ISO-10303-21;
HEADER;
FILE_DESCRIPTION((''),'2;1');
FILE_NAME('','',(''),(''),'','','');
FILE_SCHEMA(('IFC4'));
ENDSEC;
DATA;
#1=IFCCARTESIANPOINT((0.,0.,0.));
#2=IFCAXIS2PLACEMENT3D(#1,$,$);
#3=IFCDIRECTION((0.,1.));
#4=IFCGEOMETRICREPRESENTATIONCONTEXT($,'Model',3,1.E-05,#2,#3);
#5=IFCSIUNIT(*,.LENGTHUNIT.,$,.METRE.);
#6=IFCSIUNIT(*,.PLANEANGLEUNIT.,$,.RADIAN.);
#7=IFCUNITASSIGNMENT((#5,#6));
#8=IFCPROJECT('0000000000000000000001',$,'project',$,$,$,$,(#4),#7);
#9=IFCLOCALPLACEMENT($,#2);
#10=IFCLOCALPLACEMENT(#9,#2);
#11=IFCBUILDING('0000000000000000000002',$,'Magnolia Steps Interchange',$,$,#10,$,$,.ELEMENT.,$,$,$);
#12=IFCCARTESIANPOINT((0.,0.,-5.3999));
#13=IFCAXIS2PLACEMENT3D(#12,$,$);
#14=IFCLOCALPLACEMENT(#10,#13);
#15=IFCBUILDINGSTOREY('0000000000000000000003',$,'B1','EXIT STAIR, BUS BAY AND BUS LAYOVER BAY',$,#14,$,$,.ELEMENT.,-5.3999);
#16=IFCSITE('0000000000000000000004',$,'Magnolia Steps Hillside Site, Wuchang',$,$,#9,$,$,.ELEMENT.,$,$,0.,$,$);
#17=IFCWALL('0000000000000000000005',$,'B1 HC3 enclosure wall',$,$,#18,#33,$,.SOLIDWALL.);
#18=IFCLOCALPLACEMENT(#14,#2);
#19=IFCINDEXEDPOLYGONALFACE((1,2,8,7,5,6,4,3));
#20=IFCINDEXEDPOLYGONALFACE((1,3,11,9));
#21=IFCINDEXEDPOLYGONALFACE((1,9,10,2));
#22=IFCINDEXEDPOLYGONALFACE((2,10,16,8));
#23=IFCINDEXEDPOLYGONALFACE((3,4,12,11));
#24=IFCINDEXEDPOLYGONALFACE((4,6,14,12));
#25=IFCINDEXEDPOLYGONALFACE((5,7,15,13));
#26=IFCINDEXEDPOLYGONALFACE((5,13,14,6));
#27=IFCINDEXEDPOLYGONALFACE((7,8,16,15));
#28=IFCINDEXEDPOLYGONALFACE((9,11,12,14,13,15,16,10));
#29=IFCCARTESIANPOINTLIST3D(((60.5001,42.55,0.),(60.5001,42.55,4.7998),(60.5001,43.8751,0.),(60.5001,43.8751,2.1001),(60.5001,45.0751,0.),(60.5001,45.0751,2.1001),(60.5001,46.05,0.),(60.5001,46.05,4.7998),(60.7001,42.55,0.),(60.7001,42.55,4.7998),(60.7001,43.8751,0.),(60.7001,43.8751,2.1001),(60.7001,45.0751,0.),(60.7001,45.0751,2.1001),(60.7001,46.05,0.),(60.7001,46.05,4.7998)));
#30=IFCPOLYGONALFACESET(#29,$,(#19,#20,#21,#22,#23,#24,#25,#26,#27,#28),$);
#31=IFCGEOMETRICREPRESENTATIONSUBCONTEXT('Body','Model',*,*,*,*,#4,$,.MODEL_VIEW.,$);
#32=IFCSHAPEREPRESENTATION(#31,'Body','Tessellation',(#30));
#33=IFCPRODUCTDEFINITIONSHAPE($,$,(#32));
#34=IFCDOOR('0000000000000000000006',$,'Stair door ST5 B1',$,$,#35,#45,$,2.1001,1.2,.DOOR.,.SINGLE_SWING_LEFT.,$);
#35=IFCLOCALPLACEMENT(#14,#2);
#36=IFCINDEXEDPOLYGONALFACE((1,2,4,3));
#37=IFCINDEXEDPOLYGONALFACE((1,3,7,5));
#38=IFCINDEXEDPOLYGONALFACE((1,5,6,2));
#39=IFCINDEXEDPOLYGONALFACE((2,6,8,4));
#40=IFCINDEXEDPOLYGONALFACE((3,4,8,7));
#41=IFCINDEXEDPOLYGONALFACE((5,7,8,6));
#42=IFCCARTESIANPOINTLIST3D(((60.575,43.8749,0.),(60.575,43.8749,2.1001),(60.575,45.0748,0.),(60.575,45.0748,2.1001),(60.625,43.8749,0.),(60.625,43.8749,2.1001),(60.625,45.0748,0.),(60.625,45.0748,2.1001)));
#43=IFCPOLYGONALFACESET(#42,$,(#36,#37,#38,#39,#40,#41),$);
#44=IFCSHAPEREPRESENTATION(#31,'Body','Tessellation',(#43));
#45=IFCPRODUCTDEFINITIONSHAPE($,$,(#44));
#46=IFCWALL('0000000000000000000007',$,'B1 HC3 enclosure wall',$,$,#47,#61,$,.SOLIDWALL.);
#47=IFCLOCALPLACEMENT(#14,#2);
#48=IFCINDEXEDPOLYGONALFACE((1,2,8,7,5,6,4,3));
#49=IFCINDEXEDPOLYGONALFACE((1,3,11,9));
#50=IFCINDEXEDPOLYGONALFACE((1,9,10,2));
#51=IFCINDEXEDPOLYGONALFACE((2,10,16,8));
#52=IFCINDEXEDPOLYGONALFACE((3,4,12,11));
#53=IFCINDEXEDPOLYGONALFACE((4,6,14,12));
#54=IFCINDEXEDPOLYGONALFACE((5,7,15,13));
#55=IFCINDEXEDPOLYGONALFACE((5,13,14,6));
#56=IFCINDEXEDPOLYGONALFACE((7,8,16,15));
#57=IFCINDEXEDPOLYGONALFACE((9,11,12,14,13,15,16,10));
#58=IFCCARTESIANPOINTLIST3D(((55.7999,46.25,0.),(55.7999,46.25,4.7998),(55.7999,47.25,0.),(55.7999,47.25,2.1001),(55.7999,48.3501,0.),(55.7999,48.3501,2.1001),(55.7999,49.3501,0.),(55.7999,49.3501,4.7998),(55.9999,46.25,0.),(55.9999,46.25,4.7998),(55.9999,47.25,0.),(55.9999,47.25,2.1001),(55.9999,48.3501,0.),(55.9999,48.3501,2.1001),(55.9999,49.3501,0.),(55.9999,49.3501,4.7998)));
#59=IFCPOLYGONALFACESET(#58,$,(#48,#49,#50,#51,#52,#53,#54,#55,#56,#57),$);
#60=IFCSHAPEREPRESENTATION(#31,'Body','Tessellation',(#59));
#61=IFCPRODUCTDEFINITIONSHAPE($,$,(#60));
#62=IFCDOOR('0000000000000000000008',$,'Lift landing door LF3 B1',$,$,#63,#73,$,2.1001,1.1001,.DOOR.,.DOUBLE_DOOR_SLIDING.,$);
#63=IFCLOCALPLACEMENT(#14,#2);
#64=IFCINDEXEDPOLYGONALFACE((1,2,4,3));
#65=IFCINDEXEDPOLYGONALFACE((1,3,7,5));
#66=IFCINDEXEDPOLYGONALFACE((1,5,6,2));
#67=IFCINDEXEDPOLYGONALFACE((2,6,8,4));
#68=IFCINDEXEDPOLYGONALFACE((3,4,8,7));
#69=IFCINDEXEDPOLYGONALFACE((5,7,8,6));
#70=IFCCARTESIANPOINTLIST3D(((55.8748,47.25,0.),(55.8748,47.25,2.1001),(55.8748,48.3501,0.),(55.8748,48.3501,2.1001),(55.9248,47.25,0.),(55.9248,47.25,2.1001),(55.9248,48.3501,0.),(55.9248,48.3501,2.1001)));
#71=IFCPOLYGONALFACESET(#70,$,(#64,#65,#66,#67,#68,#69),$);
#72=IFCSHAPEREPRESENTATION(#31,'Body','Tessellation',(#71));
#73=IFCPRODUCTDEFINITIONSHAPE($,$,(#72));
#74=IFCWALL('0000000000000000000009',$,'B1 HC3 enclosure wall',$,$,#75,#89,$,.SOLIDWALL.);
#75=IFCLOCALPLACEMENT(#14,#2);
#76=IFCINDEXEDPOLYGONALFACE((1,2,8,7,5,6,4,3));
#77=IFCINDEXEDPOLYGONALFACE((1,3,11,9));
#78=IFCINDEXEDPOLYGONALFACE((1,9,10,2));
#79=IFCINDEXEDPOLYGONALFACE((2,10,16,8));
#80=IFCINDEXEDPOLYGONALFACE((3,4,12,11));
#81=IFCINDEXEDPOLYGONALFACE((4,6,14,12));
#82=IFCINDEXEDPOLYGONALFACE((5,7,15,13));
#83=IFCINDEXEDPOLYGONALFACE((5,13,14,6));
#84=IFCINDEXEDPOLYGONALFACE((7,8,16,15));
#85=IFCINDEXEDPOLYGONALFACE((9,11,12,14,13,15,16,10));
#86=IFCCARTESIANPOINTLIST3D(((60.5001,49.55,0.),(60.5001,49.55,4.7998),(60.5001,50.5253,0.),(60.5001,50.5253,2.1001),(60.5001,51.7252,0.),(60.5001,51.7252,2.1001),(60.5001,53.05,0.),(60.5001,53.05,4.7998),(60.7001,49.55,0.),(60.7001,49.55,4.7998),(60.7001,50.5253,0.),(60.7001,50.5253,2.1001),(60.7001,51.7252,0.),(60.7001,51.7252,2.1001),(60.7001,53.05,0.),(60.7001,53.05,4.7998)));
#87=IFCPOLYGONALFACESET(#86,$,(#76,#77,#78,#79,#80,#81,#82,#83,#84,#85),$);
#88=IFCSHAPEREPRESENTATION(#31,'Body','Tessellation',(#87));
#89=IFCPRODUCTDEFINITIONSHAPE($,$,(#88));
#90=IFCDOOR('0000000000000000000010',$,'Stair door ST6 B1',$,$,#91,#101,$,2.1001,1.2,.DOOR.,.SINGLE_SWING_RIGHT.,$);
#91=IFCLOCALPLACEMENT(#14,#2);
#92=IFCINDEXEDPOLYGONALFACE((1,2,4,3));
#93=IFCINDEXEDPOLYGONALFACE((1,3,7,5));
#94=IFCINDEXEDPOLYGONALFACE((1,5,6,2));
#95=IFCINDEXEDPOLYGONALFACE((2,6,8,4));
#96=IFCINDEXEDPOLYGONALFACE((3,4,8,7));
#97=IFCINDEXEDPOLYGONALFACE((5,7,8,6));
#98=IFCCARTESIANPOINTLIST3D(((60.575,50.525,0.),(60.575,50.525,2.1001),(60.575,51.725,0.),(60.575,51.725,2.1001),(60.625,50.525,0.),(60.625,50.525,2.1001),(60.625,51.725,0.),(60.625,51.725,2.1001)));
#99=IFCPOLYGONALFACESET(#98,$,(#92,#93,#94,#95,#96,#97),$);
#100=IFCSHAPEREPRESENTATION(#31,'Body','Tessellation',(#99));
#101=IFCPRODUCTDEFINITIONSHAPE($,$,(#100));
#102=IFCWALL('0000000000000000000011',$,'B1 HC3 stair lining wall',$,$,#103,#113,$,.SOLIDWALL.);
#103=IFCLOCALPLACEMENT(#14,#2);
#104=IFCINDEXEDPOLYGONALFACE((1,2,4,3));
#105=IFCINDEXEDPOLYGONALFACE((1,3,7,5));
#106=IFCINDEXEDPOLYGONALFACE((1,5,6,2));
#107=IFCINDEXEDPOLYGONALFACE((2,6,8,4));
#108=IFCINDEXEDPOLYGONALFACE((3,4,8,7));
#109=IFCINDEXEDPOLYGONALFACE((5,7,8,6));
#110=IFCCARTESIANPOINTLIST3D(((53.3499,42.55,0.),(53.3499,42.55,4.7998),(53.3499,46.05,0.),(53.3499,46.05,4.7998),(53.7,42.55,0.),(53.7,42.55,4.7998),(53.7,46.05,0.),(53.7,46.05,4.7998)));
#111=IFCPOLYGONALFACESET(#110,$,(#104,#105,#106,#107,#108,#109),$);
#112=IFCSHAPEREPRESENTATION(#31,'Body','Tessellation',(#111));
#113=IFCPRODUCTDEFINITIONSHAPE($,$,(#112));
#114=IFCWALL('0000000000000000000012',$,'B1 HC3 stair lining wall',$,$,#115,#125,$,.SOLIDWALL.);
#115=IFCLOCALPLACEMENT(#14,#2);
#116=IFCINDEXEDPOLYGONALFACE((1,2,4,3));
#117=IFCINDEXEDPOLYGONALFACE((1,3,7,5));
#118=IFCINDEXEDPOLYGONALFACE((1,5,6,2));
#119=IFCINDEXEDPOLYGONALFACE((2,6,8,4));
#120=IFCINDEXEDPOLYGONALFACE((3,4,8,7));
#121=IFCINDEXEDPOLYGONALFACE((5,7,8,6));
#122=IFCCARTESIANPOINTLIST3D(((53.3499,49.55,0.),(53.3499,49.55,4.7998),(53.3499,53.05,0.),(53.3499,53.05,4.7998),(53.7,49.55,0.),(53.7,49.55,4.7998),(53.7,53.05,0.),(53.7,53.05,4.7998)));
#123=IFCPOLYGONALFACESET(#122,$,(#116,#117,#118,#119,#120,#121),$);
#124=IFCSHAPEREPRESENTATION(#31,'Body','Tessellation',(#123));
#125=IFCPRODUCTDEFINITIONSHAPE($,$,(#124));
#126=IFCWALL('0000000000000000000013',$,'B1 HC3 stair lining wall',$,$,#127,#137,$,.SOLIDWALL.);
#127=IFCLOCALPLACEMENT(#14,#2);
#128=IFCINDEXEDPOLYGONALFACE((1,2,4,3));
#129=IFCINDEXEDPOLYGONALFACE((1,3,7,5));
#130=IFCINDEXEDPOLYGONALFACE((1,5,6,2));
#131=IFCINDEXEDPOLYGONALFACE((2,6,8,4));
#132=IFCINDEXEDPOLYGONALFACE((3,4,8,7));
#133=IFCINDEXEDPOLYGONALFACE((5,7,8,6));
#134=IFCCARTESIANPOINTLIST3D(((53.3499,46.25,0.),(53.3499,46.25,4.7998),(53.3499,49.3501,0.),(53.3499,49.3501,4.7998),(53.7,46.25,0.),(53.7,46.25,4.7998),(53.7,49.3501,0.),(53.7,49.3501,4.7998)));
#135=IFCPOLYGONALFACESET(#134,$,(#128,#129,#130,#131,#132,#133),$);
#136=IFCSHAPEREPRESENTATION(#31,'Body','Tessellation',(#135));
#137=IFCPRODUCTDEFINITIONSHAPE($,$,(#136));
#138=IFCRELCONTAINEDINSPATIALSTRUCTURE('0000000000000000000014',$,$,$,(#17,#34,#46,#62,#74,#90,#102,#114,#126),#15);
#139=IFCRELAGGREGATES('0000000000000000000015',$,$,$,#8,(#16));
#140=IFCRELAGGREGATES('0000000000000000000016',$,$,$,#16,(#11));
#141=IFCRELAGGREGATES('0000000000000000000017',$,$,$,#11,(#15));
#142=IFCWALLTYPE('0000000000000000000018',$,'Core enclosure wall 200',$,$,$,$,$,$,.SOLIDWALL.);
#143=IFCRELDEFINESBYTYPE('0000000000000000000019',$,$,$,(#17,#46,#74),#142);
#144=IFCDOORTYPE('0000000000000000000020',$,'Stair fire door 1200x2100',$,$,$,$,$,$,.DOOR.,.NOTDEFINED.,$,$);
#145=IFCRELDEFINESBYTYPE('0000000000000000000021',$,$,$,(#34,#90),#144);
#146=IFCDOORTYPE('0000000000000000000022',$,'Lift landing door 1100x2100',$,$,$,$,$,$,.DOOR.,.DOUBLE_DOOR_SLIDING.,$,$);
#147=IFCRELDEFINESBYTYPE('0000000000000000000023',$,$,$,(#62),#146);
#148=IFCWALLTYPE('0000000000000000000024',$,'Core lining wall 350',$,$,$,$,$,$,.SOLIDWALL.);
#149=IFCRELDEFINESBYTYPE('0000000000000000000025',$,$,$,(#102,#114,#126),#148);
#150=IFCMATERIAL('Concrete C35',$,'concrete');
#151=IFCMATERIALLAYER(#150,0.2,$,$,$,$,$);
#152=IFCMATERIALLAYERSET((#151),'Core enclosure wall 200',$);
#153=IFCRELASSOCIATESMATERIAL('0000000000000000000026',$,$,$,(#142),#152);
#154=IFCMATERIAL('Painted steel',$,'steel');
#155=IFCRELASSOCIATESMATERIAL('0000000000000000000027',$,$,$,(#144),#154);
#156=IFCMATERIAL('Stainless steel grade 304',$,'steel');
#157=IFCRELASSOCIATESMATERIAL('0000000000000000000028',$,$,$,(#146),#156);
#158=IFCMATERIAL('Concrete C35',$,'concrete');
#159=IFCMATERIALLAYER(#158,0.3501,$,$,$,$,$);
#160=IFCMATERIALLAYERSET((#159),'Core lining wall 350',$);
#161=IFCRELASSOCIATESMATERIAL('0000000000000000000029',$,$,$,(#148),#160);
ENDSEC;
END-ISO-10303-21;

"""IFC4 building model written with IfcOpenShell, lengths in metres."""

from ifc_helpers import new_model, si_unit, direction, frame, frame_2d, origin, place, context, subcontext, project, spatial, rectangle, extrude, material, layer, layer_set, type_object, element, fill, save


model = new_model("IFC4")

# Units and contexts
model_context = context("Model", 3, precision=1e-05, world=origin(), true_north=direction((0.0, 1.0)))
body_context = subcontext(model_context, "Body", "Model", "MODEL_VIEW")
ifc_project = project(units=[si_unit("LENGTHUNIT", "METRE"), si_unit("PLANEANGLEUNIT", "RADIAN")], contexts=[model_context])

# Site, building, storey
site_placement = place(None, origin())
site = spatial("IfcSite", under=ifc_project, at=site_placement, Name="Magnolia Steps Hillside Site, Wuchang", CompositionType="ELEMENT", RefElevation=0.0)
building_placement = place(site_placement, origin())
building = spatial("IfcBuilding", under=site, at=building_placement, Name="Magnolia Steps Interchange", CompositionType="ELEMENT")
storey_placement = place(building_placement, frame((0.0, 0.0, -5.3999)))
storey = spatial("IfcBuildingStorey", under=building, at=storey_placement, Name="B1", Description="EXIT STAIR, BUS BAY AND BUS LAYOVER BAY", CompositionType="ELEMENT", Elevation=-5.3999)

# Walls, openings, doors
ifc_material_1 = material(Name="Concrete C35", Category="concrete")
ifc_layer_1 = layer(ifc_material_1, 0.2)
ifc_layer_set_1 = layer_set([ifc_layer_1], Name="Core enclosure wall 200")
wall_type_1 = type_object("IfcWallType", Name="Core enclosure wall 200", PredefinedType="SOLIDWALL", material=ifc_layer_set_1)
wall_1_placement = place(storey_placement, frame((60.6001, 42.55, 0.0), z_axis=(0.0, 0.0, 1.0), x_axis=(0.0, 1.0, 0.0)))
wall_1 = element("IfcWall", 1, at=wall_1_placement, inside=storey, type_object=wall_type_1, Name="B1 HC3 enclosure wall", PredefinedType="SOLIDWALL", context=body_context, shape_type="SweptSolid", body=[
    extrude(rectangle(XDim=3.5, YDim=0.2, at=frame_2d((1.75, 0.0))), origin(), (0.0, 0.0, 1.0), 4.7998),
])
opening_1_placement = place(wall_1_placement, frame((1.325, 0.0, 0.0)))
opening_1 = element("IfcOpeningElement", 2, at=opening_1_placement, cuts=wall_1, PredefinedType="OPENING", context=body_context, shape_type="SweptSolid", body=[
    extrude(rectangle(XDim=1.2, YDim=2.1001, at=frame_2d((0.6001, 1.05))), frame((0.0, 0.1099, 0.0), z_axis=(0.0, -1.0, 0.0), x_axis=(1.0, 0.0, 0.0)), (0.0, 0.0, 1.0), 0.22),
])
ifc_material_2 = material(Name="Painted steel", Category="steel")
door_type_1 = type_object("IfcDoorType", Name="Stair fire door 1200x2100", OperationType="NOTDEFINED", PredefinedType="DOOR", material=ifc_material_2)
door_1_placement = place(opening_1_placement, frame((1.2, 0.0, 0.0), z_axis=(0.0, 0.0, 1.0), x_axis=(-1.0, 0.0, 0.0)))
door_1 = element("IfcDoor", 3, at=door_1_placement, inside=storey, type_object=door_type_1, Name="Stair door ST5 B1", OperationType="SINGLE_SWING_LEFT", OverallHeight=2.1001, OverallWidth=1.2, PredefinedType="DOOR", context=body_context, shape_type="SweptSolid", body=[
    extrude(rectangle(XDim=1.2, YDim=2.1001, at=frame_2d((0.6001, 1.05))), frame((0.0, 0.0249, 0.0), z_axis=(0.0, -1.0, 0.0), x_axis=(1.0, 0.0, 0.0)), (0.0, 0.0, 1.0), 0.05),
])
fill(opening_1, door_1)
wall_2_placement = place(storey_placement, frame((55.8999, 46.25, 0.0), z_axis=(0.0, 0.0, 1.0), x_axis=(0.0, 1.0, 0.0)))
wall_2 = element("IfcWall", 4, at=wall_2_placement, inside=storey, type_object=wall_type_1, Name="B1 HC3 enclosure wall", PredefinedType="SOLIDWALL", context=body_context, shape_type="SweptSolid", body=[
    extrude(rectangle(XDim=3.1001, YDim=0.2, at=frame_2d((1.55, 0.0))), origin(), (0.0, 0.0, 1.0), 4.7998),
])
opening_2_placement = place(wall_2_placement, frame((1.0, 0.0, 0.0)))
opening_2 = element("IfcOpeningElement", 5, at=opening_2_placement, cuts=wall_2, PredefinedType="OPENING", context=body_context, shape_type="SweptSolid", body=[
    extrude(rectangle(XDim=1.1001, YDim=2.1001, at=frame_2d((0.55, 1.05))), frame((0.0, 0.1099, 0.0), z_axis=(0.0, -1.0, 0.0), x_axis=(1.0, 0.0, 0.0)), (0.0, 0.0, 1.0), 0.22),
])
ifc_material_3 = material(Name="Stainless steel grade 304", Category="steel")
door_type_2 = type_object("IfcDoorType", Name="Lift landing door 1100x2100", OperationType="DOUBLE_DOOR_SLIDING", PredefinedType="DOOR", material=ifc_material_3)
door_2_placement = place(opening_2_placement, frame((1.1001, 0.0, 0.0), z_axis=(0.0, 0.0, 1.0), x_axis=(-1.0, 0.0, 0.0)))
door_2 = element("IfcDoor", 6, at=door_2_placement, inside=storey, type_object=door_type_2, Name="Lift landing door LF3 B1", OperationType="DOUBLE_DOOR_SLIDING", OverallHeight=2.1001, OverallWidth=1.1001, PredefinedType="DOOR", context=body_context, shape_type="SweptSolid", body=[
    extrude(rectangle(XDim=1.1001, YDim=2.1001, at=frame_2d((0.55, 1.05))), frame((0.0, 0.0249, 0.0), z_axis=(0.0, -1.0, 0.0), x_axis=(1.0, 0.0, 0.0)), (0.0, 0.0, 1.0), 0.05),
])
fill(opening_2, door_2)
wall_3_placement = place(storey_placement, frame((60.6001, 49.55, 0.0), z_axis=(0.0, 0.0, 1.0), x_axis=(0.0, 1.0, 0.0)))
wall_3 = element("IfcWall", 7, at=wall_3_placement, inside=storey, type_object=wall_type_1, Name="B1 HC3 enclosure wall", PredefinedType="SOLIDWALL", context=body_context, shape_type="SweptSolid", body=[
    extrude(rectangle(XDim=3.5, YDim=0.2, at=frame_2d((1.75, 0.0))), origin(), (0.0, 0.0, 1.0), 4.7998),
])
opening_3_placement = place(wall_3_placement, frame((0.9751, 0.0, 0.0)))
opening_3 = element("IfcOpeningElement", 8, at=opening_3_placement, cuts=wall_3, PredefinedType="OPENING", context=body_context, shape_type="SweptSolid", body=[
    extrude(rectangle(XDim=1.2, YDim=2.1001, at=frame_2d((0.6001, 1.05))), frame((0.0, 0.1099, 0.0), z_axis=(0.0, -1.0, 0.0), x_axis=(1.0, 0.0, 0.0)), (0.0, 0.0, 1.0), 0.22),
])
door_3_placement = place(opening_3_placement, frame((1.2, 0.0, 0.0), z_axis=(0.0, 0.0, 1.0), x_axis=(-1.0, 0.0, 0.0)))
door_3 = element("IfcDoor", 9, at=door_3_placement, inside=storey, type_object=door_type_1, Name="Stair door ST6 B1", OperationType="SINGLE_SWING_RIGHT", OverallHeight=2.1001, OverallWidth=1.2, PredefinedType="DOOR", context=body_context, shape_type="SweptSolid", body=[
    extrude(rectangle(XDim=1.2, YDim=2.1001, at=frame_2d((0.6001, 1.05))), frame((0.0, 0.0249, 0.0), z_axis=(0.0, -1.0, 0.0), x_axis=(1.0, 0.0, 0.0)), (0.0, 0.0, 1.0), 0.05),
])
fill(opening_3, door_3)

# Walls
ifc_material_4 = material(Name="Concrete C35", Category="concrete")
ifc_layer_2 = layer(ifc_material_4, 0.3501)
ifc_layer_set_2 = layer_set([ifc_layer_2], Name="Core lining wall 350")
wall_type_2 = type_object("IfcWallType", Name="Core lining wall 350", PredefinedType="SOLIDWALL", material=ifc_layer_set_2)
for number, where, z_axis, x_axis, name in (
    (10, (53.5249, 42.55, 0.0), (0.0, 0.0, 1.0), (0.0, 1.0, 0.0), "B1 HC3 stair lining wall"),
    (11, (53.5249, 49.55, 0.0), (0.0, 0.0, 1.0), (0.0, 1.0, 0.0), "B1 HC3 stair lining wall"),
):
    element("IfcWall", number, at=place(storey_placement, frame(where, z_axis=z_axis, x_axis=x_axis)), inside=storey, type_object=wall_type_2, Name=name, PredefinedType="SOLIDWALL", context=body_context, shape_type="SweptSolid", body=[
        extrude(rectangle(XDim=3.5, YDim=0.3501, at=frame_2d((1.75, 0.0))), origin(), (0.0, 0.0, 1.0), 4.7998),
    ])
wall_4_placement = place(storey_placement, frame((53.5249, 46.25, 0.0), z_axis=(0.0, 0.0, 1.0), x_axis=(0.0, 1.0, 0.0)))
element("IfcWall", 12, at=wall_4_placement, inside=storey, type_object=wall_type_2, Name="B1 HC3 stair lining wall", PredefinedType="SOLIDWALL", context=body_context, shape_type="SweptSolid", body=[
    extrude(rectangle(XDim=3.1001, YDim=0.3501, at=frame_2d((1.55, 0.0))), origin(), (0.0, 0.0, 1.0), 4.7998),
])

save(model, "model.ifc")
